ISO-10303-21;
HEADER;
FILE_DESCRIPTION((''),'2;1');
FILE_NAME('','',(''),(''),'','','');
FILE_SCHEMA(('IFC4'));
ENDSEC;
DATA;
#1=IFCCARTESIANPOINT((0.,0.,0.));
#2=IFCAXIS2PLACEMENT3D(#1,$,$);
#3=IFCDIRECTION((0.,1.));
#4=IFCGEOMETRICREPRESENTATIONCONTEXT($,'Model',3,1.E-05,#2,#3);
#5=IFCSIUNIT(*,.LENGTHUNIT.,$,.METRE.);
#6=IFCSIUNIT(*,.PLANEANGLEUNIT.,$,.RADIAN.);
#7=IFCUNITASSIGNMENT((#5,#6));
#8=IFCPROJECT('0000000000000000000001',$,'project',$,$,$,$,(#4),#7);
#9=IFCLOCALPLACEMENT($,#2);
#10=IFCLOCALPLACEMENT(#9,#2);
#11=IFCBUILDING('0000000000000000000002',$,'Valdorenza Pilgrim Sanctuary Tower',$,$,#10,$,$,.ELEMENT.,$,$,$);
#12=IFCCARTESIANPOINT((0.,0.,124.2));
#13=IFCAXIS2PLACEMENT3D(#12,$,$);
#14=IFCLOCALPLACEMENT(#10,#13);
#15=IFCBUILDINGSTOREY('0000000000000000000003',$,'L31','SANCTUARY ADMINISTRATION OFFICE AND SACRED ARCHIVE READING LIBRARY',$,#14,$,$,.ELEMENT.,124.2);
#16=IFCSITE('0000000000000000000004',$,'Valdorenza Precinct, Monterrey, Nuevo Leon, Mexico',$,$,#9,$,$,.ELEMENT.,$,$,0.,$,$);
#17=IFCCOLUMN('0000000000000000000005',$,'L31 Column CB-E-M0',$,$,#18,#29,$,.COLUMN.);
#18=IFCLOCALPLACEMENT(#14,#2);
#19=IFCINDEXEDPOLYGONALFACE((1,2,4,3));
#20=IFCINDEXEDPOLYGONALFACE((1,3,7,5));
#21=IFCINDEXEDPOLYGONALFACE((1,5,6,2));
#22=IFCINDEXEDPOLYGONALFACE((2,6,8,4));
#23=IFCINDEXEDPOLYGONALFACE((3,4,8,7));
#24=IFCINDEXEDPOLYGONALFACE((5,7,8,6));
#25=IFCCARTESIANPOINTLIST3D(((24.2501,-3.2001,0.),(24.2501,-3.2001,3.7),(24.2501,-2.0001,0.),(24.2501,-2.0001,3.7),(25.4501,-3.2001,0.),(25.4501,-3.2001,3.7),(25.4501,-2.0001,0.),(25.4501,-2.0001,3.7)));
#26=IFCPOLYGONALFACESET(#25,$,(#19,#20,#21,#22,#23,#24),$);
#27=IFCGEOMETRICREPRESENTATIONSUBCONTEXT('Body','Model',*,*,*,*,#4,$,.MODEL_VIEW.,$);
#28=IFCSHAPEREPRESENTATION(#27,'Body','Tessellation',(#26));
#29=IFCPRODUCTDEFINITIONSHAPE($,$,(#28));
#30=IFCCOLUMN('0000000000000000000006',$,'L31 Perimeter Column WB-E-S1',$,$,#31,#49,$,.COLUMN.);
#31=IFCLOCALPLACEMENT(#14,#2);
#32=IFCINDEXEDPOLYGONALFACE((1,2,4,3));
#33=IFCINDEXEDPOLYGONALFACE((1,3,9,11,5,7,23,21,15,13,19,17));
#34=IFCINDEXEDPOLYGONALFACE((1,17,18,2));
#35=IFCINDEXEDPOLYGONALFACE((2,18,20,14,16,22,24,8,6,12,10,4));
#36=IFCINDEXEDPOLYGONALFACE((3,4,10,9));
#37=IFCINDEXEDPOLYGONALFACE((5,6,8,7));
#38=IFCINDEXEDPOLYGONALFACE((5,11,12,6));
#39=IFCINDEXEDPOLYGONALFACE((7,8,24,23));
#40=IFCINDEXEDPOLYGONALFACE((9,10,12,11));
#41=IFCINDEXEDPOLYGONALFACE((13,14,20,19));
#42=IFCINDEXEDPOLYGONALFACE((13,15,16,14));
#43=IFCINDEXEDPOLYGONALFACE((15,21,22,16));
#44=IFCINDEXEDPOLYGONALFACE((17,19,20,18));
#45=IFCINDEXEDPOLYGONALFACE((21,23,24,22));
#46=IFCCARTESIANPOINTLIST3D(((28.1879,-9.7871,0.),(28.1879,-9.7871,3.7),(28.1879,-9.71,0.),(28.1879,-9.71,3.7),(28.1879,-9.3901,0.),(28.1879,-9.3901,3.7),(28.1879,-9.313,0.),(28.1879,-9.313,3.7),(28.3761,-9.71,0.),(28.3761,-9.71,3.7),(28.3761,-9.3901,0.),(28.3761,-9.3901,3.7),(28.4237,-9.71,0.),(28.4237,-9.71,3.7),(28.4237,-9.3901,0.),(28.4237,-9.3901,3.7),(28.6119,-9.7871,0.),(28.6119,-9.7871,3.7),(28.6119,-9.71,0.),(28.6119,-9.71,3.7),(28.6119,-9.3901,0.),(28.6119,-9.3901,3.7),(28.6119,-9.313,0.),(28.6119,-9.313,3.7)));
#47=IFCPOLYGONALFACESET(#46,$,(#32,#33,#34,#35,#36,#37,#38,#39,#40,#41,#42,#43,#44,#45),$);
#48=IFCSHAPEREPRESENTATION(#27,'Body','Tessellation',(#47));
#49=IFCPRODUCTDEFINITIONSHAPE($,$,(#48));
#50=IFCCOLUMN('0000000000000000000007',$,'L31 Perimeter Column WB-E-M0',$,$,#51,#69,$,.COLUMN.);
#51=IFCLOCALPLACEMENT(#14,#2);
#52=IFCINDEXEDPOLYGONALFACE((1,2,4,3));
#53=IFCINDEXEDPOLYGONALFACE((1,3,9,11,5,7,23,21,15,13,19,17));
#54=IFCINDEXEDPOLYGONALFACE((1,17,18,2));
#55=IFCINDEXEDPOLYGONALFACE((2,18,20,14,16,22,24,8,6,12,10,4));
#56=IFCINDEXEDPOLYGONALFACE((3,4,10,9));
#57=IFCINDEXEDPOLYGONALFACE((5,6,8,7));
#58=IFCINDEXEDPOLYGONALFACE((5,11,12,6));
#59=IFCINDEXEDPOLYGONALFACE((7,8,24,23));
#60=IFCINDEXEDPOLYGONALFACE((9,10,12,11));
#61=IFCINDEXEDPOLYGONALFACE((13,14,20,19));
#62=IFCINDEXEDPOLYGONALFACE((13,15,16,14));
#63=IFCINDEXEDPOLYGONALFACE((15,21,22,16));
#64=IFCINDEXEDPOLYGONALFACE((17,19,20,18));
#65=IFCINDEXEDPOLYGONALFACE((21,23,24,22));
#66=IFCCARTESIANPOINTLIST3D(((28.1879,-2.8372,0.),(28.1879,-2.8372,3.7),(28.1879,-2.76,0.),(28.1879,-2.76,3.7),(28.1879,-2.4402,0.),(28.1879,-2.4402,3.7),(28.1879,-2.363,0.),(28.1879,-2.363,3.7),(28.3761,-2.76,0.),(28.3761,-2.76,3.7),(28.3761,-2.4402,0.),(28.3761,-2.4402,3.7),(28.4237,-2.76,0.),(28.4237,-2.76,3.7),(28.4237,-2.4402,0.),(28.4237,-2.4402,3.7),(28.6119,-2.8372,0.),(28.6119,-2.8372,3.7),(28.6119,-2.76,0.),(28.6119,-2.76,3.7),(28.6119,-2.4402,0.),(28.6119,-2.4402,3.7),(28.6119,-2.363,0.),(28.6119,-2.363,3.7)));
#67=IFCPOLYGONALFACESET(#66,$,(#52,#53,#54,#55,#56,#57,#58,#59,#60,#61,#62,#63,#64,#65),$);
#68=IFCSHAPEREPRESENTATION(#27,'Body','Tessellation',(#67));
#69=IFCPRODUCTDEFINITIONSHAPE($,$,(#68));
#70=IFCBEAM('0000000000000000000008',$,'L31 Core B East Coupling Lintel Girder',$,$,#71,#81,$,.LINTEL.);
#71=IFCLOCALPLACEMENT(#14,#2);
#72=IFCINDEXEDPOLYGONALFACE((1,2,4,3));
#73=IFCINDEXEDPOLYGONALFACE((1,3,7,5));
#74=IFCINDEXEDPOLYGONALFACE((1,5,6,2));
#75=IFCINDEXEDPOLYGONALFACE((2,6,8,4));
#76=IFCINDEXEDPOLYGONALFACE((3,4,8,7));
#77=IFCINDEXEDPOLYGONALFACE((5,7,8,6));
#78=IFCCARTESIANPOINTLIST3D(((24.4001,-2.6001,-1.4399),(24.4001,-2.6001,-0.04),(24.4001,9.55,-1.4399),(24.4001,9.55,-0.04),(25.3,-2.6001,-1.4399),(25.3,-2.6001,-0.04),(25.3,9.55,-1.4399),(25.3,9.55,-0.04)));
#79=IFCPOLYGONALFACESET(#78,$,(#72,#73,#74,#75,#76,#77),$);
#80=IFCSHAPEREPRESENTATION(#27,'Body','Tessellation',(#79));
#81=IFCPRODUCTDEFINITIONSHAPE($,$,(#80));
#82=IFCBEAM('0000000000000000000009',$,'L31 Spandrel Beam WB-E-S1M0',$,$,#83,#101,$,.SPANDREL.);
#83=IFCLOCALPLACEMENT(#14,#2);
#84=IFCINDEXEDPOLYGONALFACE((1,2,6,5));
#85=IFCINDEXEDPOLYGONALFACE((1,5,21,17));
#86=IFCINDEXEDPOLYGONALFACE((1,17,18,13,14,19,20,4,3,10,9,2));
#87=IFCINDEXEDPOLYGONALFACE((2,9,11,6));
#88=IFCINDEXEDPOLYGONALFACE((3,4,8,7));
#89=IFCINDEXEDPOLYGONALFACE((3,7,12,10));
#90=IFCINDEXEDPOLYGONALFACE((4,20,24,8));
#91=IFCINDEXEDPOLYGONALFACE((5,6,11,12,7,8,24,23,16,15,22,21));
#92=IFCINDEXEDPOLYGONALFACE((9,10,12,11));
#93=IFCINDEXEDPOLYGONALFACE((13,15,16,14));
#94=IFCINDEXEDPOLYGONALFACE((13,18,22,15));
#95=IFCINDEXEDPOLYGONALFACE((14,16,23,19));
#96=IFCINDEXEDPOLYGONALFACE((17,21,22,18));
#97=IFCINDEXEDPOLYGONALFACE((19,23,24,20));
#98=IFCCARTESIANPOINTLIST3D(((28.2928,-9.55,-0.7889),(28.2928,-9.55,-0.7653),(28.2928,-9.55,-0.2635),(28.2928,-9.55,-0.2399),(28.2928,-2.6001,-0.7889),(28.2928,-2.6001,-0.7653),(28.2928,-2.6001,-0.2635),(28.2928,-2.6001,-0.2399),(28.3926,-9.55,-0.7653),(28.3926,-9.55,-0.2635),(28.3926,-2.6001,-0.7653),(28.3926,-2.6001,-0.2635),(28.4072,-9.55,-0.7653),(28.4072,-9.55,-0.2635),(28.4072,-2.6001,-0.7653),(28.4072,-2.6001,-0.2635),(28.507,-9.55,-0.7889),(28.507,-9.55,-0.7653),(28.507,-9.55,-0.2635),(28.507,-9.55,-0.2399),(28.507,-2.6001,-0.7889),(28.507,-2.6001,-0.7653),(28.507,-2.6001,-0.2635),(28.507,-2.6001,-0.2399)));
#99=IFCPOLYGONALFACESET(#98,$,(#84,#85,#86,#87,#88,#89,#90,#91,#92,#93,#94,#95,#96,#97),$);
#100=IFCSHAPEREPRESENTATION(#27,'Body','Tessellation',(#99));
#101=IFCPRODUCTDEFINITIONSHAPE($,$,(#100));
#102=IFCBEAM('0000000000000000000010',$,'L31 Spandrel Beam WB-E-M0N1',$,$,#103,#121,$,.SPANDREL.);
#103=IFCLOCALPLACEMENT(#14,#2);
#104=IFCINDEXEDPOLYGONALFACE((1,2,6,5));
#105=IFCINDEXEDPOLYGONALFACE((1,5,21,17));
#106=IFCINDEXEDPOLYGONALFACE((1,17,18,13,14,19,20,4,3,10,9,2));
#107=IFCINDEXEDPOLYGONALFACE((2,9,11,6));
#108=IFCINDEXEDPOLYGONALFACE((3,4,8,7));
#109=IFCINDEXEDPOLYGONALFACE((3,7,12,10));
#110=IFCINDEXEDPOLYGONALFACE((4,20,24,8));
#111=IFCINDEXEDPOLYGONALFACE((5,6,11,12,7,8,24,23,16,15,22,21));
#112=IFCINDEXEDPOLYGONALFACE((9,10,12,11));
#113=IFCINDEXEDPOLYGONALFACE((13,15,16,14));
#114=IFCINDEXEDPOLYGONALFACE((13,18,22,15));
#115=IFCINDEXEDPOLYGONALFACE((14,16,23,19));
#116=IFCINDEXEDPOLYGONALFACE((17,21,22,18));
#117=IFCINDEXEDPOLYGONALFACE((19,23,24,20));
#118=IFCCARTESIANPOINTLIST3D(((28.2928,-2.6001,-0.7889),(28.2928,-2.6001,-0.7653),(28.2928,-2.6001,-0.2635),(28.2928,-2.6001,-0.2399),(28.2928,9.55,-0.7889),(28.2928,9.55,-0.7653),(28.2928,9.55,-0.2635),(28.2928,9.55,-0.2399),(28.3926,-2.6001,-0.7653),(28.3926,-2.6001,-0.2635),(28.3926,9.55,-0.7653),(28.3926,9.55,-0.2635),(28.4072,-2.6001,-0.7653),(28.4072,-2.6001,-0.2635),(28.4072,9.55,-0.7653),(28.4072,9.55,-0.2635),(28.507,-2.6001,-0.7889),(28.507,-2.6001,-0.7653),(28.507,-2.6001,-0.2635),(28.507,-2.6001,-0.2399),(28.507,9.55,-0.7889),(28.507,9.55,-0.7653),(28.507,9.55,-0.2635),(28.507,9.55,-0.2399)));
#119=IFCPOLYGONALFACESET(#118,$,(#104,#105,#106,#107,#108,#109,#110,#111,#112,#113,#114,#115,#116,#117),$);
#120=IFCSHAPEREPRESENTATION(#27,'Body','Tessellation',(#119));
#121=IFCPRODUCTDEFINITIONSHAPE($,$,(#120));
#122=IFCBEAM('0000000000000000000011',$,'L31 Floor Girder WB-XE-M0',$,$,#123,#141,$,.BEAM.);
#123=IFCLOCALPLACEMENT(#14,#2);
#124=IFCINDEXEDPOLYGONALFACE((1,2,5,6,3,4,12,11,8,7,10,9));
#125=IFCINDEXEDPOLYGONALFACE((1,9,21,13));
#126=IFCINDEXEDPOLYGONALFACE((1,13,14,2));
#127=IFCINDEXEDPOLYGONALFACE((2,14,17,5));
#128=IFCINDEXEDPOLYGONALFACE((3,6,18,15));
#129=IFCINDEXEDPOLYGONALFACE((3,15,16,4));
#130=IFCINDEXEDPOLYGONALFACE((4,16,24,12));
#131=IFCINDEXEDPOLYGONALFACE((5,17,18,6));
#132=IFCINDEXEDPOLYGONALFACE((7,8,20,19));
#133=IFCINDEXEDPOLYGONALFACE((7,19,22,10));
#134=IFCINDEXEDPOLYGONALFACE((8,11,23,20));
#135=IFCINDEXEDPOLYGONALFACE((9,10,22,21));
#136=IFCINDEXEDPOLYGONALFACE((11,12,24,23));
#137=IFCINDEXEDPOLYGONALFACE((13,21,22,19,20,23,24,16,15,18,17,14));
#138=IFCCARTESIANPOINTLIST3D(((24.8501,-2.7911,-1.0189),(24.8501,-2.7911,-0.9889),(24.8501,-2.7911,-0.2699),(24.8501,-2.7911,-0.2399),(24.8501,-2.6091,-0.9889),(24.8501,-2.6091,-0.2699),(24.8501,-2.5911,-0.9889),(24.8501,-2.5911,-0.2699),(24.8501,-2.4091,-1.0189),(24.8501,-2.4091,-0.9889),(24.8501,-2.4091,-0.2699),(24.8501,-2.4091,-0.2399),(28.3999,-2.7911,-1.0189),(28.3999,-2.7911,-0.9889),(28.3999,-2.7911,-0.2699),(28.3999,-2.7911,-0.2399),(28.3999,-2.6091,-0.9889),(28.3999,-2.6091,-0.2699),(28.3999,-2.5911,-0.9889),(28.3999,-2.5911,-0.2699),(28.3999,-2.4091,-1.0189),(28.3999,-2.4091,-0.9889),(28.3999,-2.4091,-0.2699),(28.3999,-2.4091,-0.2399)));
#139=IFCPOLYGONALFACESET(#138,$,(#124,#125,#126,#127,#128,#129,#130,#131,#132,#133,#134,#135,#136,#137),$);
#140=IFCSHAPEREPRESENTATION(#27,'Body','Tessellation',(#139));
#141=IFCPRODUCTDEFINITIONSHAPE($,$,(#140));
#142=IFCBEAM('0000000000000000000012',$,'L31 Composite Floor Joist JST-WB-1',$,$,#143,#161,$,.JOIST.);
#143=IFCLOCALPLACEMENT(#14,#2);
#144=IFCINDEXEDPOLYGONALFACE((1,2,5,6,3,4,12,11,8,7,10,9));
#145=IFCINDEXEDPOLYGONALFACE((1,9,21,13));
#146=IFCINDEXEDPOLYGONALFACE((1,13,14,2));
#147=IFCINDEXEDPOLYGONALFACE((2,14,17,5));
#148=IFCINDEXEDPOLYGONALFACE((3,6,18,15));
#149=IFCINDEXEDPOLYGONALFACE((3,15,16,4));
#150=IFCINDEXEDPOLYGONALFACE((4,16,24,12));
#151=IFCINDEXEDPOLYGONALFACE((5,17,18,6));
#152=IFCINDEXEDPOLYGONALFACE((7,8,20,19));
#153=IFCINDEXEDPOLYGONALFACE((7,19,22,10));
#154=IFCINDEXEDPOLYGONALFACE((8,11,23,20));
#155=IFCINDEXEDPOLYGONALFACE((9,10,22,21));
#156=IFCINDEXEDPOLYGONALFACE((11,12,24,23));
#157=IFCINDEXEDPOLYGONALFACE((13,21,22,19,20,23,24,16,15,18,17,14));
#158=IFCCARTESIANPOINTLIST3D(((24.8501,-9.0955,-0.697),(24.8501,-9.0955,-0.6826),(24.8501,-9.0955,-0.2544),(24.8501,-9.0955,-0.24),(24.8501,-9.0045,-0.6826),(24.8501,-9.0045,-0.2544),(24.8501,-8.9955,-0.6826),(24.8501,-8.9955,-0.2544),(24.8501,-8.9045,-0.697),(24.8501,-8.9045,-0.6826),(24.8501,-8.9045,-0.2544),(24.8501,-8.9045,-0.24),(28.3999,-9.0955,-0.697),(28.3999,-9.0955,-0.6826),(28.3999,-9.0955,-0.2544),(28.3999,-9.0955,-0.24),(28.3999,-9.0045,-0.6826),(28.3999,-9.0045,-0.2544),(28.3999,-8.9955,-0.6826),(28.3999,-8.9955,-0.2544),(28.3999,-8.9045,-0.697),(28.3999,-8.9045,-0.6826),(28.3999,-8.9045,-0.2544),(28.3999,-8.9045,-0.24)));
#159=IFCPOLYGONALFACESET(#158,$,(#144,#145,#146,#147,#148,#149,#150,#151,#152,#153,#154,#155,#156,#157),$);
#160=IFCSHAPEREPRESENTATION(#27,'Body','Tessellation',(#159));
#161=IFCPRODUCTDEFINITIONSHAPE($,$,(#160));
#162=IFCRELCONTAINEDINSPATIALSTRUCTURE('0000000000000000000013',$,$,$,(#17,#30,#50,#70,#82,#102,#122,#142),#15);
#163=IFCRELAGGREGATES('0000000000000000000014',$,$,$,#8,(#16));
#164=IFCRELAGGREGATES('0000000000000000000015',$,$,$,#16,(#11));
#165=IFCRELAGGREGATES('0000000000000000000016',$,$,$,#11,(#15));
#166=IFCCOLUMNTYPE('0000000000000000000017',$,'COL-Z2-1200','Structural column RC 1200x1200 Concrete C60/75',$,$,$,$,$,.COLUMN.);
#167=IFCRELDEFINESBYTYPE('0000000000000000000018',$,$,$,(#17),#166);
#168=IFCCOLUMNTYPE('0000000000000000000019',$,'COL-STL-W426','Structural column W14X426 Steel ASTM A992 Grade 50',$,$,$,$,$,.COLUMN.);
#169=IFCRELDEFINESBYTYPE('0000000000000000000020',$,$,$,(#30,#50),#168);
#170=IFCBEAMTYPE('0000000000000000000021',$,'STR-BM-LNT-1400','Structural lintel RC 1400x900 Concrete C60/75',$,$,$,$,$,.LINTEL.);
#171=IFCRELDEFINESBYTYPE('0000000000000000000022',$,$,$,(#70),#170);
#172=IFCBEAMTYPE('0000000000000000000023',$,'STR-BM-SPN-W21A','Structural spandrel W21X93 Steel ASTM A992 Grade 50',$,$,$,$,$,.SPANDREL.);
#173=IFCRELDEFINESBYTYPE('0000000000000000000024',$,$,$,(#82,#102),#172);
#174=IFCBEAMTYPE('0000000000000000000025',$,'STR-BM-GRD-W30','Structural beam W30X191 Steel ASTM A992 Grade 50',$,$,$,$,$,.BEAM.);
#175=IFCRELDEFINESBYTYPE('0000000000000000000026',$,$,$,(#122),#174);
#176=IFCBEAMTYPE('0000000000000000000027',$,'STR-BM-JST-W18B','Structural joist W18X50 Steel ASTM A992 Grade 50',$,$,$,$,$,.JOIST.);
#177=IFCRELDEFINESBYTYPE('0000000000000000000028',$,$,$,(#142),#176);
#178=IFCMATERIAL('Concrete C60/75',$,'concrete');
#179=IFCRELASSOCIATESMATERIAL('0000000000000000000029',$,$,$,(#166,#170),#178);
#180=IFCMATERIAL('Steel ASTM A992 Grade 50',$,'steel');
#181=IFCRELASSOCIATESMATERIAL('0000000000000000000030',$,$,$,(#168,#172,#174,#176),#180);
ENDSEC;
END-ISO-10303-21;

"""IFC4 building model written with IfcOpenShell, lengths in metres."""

from ifc_helpers import new_model, si_unit, direction, frame, origin, origin_2d, place, context, subcontext, project, spatial, rectangle, i_section, extrude, source, transform, mapped, material, material_profile, profile_set, type_object, element, save


model = new_model("IFC4")

# Units and contexts
model_context = context("Model", 3, precision=1e-05, world=origin(), true_north=direction((0.0, 1.0)))
body_context = subcontext(model_context, "Body", "Model", "MODEL_VIEW")
ifc_project = project(units=[si_unit("LENGTHUNIT", "METRE"), si_unit("PLANEANGLEUNIT", "RADIAN")], contexts=[model_context])

# Site, building, storey
site_placement = place(None, origin())
site = spatial("IfcSite", under=ifc_project, at=site_placement, Name="Valdorenza Precinct, Monterrey, Nuevo Leon, Mexico", CompositionType="ELEMENT", RefElevation=0.0)
building_placement = place(site_placement, origin())
building = spatial("IfcBuilding", under=site, at=building_placement, Name="Valdorenza Pilgrim Sanctuary Tower", CompositionType="ELEMENT")
storey_placement = place(building_placement, frame((0.0, 0.0, 124.2)))
storey = spatial("IfcBuildingStorey", under=building, at=storey_placement, Name="L31", Description="SANCTUARY ADMINISTRATION OFFICE AND SACRED ARCHIVE READING LIBRARY", CompositionType="ELEMENT", Elevation=124.2)

# Columns
ifc_material_1 = material(Name="Concrete C60/75", Category="concrete")
ifc_material_profile_1 = material_profile(ifc_material_1, rectangle(XDim=1.2, YDim=1.2, at=origin_2d()), Name="RC 1200x1200")
ifc_profile_set_1 = profile_set([ifc_material_profile_1], Name="Concrete C60/75")
column_type_1 = type_object("IfcColumnType", Name="COL-Z2-1200", Description="Structural column RC 1200x1200 Concrete C60/75", PredefinedType="COLUMN", material=ifc_profile_set_1)
shared_shape_1 = source(origin(), body_context, "Body", "SweptSolid", [
    extrude(rectangle(XDim=1.2, YDim=1.2, at=origin_2d()), origin(), (0.0, 0.0, 1.0), 3.7),
])
column_placement = place(storey_placement, frame((24.8501, -2.6001, 0.0), z_axis=(0.0, 0.0, 1.0), x_axis=(1.0, 0.0, 0.0)))
element("IfcColumn", 1, at=column_placement, inside=storey, type_object=column_type_1, Name="L31 Column CB-E-M0", PredefinedType="COLUMN", context=body_context, shape_type="MappedRepresentation", body=[
    mapped(shared_shape_1, transform((0.0, 0.0, 0.0), x_axis=(1.0, 0.0, 0.0), y_axis=(0.0, 1.0, 0.0), z_axis=(0.0, 0.0, 1.0), scale=1.0)),
])
ifc_material_2 = material(Name="Steel ASTM A992 Grade 50", Category="steel")
ifc_material_profile_2 = material_profile(ifc_material_2, i_section(OverallWidth=0.4241, OverallDepth=0.4741, WebThickness=0.0476, FlangeThickness=0.0771, at=origin_2d()), Name="W14X426")
ifc_profile_set_2 = profile_set([ifc_material_profile_2], Name="Steel ASTM A992 Grade 50")
column_type_2 = type_object("IfcColumnType", Name="COL-STL-W426", Description="Structural column W14X426 Steel ASTM A992 Grade 50", PredefinedType="COLUMN", material=ifc_profile_set_2)
shared_shape_2 = source(origin(), body_context, "Body", "SweptSolid", [
    extrude(i_section(OverallWidth=0.4241, OverallDepth=0.4741, WebThickness=0.0476, FlangeThickness=0.0771, at=origin_2d()), origin(), (0.0, 0.0, 1.0), 3.7),
])
for number, where, z_axis, x_axis, name in (
    (2, (28.3999, -9.55, 0.0), (0.0, 0.0, 1.0), (1.0, 0.0, 0.0), "L31 Perimeter Column WB-E-S1"),
    (3, (28.3999, -2.6001, 0.0), (0.0, 0.0, 1.0), (1.0, 0.0, 0.0), "L31 Perimeter Column WB-E-M0"),
):
    element("IfcColumn", number, at=place(storey_placement, frame(where, z_axis=z_axis, x_axis=x_axis)), inside=storey, type_object=column_type_2, Name=name, PredefinedType="COLUMN", context=body_context, shape_type="MappedRepresentation", body=[
        mapped(shared_shape_2, transform((0.0, 0.0, 0.0), x_axis=(1.0, 0.0, 0.0), y_axis=(0.0, 1.0, 0.0), z_axis=(0.0, 0.0, 1.0), scale=1.0)),
    ])

# Beams
ifc_material_profile_3 = material_profile(ifc_material_1, rectangle(XDim=0.8999, YDim=1.3999, at=origin_2d()), Name="RC 1400x900")
ifc_profile_set_3 = profile_set([ifc_material_profile_3], Name="Concrete C60/75")
beam_type_1 = type_object("IfcBeamType", Name="STR-BM-LNT-1400", Description="Structural lintel RC 1400x900 Concrete C60/75", PredefinedType="LINTEL", material=ifc_profile_set_3)
shared_shape_3 = source(origin(), body_context, "Body", "SweptSolid", [
    extrude(rectangle(XDim=0.8999, YDim=1.3999, at=origin_2d()), origin(), (0.0, 0.0, 1.0), 12.1501),
])
beam_1_placement = place(storey_placement, frame((24.8501, -2.6001, -0.74), z_axis=(0.0, 1.0, 0.0), x_axis=(-1.0, 0.0, 0.0)))
element("IfcBeam", 4, at=beam_1_placement, inside=storey, type_object=beam_type_1, Name="L31 Core B East Coupling Lintel Girder", PredefinedType="LINTEL", context=body_context, shape_type="MappedRepresentation", body=[
    mapped(shared_shape_3, transform((0.0, 0.0, 0.0), x_axis=(1.0, 0.0, 0.0), y_axis=(0.0, 1.0, 0.0), z_axis=(0.0, 0.0, 1.0), scale=1.0)),
])
ifc_material_profile_4 = material_profile(ifc_material_2, i_section(OverallWidth=0.2141, OverallDepth=0.5491, WebThickness=0.0146, FlangeThickness=0.0237, at=origin_2d()), Name="W21X93")
ifc_profile_set_4 = profile_set([ifc_material_profile_4], Name="Steel ASTM A992 Grade 50")
beam_type_2 = type_object("IfcBeamType", Name="STR-BM-SPN-W21A", Description="Structural spandrel W21X93 Steel ASTM A992 Grade 50", PredefinedType="SPANDREL", material=ifc_profile_set_4)
shared_shape_4 = source(origin(), body_context, "Body", "SweptSolid", [
    extrude(i_section(OverallWidth=0.2141, OverallDepth=0.5491, WebThickness=0.0146, FlangeThickness=0.0237, at=origin_2d()), origin(), (0.0, 0.0, 1.0), 6.95),
])
beam_2_placement = place(storey_placement, frame((28.3999, -9.55, -0.5144), z_axis=(0.0, 1.0, 0.0), x_axis=(-1.0, 0.0, 0.0)))
element("IfcBeam", 5, at=beam_2_placement, inside=storey, type_object=beam_type_2, Name="L31 Spandrel Beam WB-E-S1M0", PredefinedType="SPANDREL", context=body_context, shape_type="MappedRepresentation", body=[
    mapped(shared_shape_4, transform((0.0, 0.0, 0.0), x_axis=(1.0, 0.0, 0.0), y_axis=(0.0, 1.0, 0.0), z_axis=(0.0, 0.0, 1.0), scale=1.0)),
])
shared_shape_5 = source(origin(), body_context, "Body", "SweptSolid", [
    extrude(i_section(OverallWidth=0.2141, OverallDepth=0.5491, WebThickness=0.0146, FlangeThickness=0.0237, at=origin_2d()), origin(), (0.0, 0.0, 1.0), 12.1501),
])
beam_3_placement = place(storey_placement, frame((28.3999, -2.6001, -0.5144), z_axis=(0.0, 1.0, 0.0), x_axis=(-1.0, 0.0, 0.0)))
element("IfcBeam", 6, at=beam_3_placement, inside=storey, type_object=beam_type_2, Name="L31 Spandrel Beam WB-E-M0N1", PredefinedType="SPANDREL", context=body_context, shape_type="MappedRepresentation", body=[
    mapped(shared_shape_5, transform((0.0, 0.0, 0.0), x_axis=(1.0, 0.0, 0.0), y_axis=(0.0, 1.0, 0.0), z_axis=(0.0, 0.0, 1.0), scale=1.0)),
])
ifc_material_profile_5 = material_profile(ifc_material_2, i_section(OverallWidth=0.3821, OverallDepth=0.7791, WebThickness=0.0181, FlangeThickness=0.03, at=origin_2d()), Name="W30X191")
ifc_profile_set_5 = profile_set([ifc_material_profile_5], Name="Steel ASTM A992 Grade 50")
beam_type_3 = type_object("IfcBeamType", Name="STR-BM-GRD-W30", Description="Structural beam W30X191 Steel ASTM A992 Grade 50", PredefinedType="BEAM", material=ifc_profile_set_5)
shared_shape_6 = source(origin(), body_context, "Body", "SweptSolid", [
    extrude(i_section(OverallWidth=0.3821, OverallDepth=0.7791, WebThickness=0.0181, FlangeThickness=0.03, at=origin_2d()), origin(), (0.0, 0.0, 1.0), 3.5498),
])
beam_4_placement = place(storey_placement, frame((24.8501, -2.6001, -0.6294), z_axis=(1.0, 0.0, 0.0), x_axis=(0.0, 1.0, 0.0)))
element("IfcBeam", 7, at=beam_4_placement, inside=storey, type_object=beam_type_3, Name="L31 Floor Girder WB-XE-M0", PredefinedType="BEAM", context=body_context, shape_type="MappedRepresentation", body=[
    mapped(shared_shape_6, transform((0.0, 0.0, 0.0), x_axis=(1.0, 0.0, 0.0), y_axis=(0.0, 1.0, 0.0), z_axis=(0.0, 0.0, 1.0), scale=1.0)),
])
ifc_material_profile_6 = material_profile(ifc_material_2, i_section(OverallWidth=0.1909, OverallDepth=0.457, WebThickness=0.009, FlangeThickness=0.0144, at=origin_2d()), Name="W18X50")
ifc_profile_set_6 = profile_set([ifc_material_profile_6], Name="Steel ASTM A992 Grade 50")
beam_type_4 = type_object("IfcBeamType", Name="STR-BM-JST-W18B", Description="Structural joist W18X50 Steel ASTM A992 Grade 50", PredefinedType="JOIST", material=ifc_profile_set_6)
shared_shape_7 = source(origin(), body_context, "Body", "SweptSolid", [
    extrude(i_section(OverallWidth=0.1909, OverallDepth=0.457, WebThickness=0.009, FlangeThickness=0.0144, at=origin_2d()), origin(), (0.0, 0.0, 1.0), 3.5498),
])
for number, where, z_axis, x_axis, name in (
    (8, (24.8501, -9.0, -0.4685), (1.0, 0.0, 0.0), (0.0, 1.0, 0.0), "L31 Composite Floor Joist JST-WB-1"),
):
    element("IfcBeam", number, at=place(storey_placement, frame(where, z_axis=z_axis, x_axis=x_axis)), inside=storey, type_object=beam_type_4, Name=name, PredefinedType="JOIST", context=body_context, shape_type="MappedRepresentation", body=[
        mapped(shared_shape_7, transform((0.0, 0.0, 0.0), x_axis=(1.0, 0.0, 0.0), y_axis=(0.0, 1.0, 0.0), z_axis=(0.0, 0.0, 1.0), scale=1.0)),
    ])

save(model, "model.ifc")
